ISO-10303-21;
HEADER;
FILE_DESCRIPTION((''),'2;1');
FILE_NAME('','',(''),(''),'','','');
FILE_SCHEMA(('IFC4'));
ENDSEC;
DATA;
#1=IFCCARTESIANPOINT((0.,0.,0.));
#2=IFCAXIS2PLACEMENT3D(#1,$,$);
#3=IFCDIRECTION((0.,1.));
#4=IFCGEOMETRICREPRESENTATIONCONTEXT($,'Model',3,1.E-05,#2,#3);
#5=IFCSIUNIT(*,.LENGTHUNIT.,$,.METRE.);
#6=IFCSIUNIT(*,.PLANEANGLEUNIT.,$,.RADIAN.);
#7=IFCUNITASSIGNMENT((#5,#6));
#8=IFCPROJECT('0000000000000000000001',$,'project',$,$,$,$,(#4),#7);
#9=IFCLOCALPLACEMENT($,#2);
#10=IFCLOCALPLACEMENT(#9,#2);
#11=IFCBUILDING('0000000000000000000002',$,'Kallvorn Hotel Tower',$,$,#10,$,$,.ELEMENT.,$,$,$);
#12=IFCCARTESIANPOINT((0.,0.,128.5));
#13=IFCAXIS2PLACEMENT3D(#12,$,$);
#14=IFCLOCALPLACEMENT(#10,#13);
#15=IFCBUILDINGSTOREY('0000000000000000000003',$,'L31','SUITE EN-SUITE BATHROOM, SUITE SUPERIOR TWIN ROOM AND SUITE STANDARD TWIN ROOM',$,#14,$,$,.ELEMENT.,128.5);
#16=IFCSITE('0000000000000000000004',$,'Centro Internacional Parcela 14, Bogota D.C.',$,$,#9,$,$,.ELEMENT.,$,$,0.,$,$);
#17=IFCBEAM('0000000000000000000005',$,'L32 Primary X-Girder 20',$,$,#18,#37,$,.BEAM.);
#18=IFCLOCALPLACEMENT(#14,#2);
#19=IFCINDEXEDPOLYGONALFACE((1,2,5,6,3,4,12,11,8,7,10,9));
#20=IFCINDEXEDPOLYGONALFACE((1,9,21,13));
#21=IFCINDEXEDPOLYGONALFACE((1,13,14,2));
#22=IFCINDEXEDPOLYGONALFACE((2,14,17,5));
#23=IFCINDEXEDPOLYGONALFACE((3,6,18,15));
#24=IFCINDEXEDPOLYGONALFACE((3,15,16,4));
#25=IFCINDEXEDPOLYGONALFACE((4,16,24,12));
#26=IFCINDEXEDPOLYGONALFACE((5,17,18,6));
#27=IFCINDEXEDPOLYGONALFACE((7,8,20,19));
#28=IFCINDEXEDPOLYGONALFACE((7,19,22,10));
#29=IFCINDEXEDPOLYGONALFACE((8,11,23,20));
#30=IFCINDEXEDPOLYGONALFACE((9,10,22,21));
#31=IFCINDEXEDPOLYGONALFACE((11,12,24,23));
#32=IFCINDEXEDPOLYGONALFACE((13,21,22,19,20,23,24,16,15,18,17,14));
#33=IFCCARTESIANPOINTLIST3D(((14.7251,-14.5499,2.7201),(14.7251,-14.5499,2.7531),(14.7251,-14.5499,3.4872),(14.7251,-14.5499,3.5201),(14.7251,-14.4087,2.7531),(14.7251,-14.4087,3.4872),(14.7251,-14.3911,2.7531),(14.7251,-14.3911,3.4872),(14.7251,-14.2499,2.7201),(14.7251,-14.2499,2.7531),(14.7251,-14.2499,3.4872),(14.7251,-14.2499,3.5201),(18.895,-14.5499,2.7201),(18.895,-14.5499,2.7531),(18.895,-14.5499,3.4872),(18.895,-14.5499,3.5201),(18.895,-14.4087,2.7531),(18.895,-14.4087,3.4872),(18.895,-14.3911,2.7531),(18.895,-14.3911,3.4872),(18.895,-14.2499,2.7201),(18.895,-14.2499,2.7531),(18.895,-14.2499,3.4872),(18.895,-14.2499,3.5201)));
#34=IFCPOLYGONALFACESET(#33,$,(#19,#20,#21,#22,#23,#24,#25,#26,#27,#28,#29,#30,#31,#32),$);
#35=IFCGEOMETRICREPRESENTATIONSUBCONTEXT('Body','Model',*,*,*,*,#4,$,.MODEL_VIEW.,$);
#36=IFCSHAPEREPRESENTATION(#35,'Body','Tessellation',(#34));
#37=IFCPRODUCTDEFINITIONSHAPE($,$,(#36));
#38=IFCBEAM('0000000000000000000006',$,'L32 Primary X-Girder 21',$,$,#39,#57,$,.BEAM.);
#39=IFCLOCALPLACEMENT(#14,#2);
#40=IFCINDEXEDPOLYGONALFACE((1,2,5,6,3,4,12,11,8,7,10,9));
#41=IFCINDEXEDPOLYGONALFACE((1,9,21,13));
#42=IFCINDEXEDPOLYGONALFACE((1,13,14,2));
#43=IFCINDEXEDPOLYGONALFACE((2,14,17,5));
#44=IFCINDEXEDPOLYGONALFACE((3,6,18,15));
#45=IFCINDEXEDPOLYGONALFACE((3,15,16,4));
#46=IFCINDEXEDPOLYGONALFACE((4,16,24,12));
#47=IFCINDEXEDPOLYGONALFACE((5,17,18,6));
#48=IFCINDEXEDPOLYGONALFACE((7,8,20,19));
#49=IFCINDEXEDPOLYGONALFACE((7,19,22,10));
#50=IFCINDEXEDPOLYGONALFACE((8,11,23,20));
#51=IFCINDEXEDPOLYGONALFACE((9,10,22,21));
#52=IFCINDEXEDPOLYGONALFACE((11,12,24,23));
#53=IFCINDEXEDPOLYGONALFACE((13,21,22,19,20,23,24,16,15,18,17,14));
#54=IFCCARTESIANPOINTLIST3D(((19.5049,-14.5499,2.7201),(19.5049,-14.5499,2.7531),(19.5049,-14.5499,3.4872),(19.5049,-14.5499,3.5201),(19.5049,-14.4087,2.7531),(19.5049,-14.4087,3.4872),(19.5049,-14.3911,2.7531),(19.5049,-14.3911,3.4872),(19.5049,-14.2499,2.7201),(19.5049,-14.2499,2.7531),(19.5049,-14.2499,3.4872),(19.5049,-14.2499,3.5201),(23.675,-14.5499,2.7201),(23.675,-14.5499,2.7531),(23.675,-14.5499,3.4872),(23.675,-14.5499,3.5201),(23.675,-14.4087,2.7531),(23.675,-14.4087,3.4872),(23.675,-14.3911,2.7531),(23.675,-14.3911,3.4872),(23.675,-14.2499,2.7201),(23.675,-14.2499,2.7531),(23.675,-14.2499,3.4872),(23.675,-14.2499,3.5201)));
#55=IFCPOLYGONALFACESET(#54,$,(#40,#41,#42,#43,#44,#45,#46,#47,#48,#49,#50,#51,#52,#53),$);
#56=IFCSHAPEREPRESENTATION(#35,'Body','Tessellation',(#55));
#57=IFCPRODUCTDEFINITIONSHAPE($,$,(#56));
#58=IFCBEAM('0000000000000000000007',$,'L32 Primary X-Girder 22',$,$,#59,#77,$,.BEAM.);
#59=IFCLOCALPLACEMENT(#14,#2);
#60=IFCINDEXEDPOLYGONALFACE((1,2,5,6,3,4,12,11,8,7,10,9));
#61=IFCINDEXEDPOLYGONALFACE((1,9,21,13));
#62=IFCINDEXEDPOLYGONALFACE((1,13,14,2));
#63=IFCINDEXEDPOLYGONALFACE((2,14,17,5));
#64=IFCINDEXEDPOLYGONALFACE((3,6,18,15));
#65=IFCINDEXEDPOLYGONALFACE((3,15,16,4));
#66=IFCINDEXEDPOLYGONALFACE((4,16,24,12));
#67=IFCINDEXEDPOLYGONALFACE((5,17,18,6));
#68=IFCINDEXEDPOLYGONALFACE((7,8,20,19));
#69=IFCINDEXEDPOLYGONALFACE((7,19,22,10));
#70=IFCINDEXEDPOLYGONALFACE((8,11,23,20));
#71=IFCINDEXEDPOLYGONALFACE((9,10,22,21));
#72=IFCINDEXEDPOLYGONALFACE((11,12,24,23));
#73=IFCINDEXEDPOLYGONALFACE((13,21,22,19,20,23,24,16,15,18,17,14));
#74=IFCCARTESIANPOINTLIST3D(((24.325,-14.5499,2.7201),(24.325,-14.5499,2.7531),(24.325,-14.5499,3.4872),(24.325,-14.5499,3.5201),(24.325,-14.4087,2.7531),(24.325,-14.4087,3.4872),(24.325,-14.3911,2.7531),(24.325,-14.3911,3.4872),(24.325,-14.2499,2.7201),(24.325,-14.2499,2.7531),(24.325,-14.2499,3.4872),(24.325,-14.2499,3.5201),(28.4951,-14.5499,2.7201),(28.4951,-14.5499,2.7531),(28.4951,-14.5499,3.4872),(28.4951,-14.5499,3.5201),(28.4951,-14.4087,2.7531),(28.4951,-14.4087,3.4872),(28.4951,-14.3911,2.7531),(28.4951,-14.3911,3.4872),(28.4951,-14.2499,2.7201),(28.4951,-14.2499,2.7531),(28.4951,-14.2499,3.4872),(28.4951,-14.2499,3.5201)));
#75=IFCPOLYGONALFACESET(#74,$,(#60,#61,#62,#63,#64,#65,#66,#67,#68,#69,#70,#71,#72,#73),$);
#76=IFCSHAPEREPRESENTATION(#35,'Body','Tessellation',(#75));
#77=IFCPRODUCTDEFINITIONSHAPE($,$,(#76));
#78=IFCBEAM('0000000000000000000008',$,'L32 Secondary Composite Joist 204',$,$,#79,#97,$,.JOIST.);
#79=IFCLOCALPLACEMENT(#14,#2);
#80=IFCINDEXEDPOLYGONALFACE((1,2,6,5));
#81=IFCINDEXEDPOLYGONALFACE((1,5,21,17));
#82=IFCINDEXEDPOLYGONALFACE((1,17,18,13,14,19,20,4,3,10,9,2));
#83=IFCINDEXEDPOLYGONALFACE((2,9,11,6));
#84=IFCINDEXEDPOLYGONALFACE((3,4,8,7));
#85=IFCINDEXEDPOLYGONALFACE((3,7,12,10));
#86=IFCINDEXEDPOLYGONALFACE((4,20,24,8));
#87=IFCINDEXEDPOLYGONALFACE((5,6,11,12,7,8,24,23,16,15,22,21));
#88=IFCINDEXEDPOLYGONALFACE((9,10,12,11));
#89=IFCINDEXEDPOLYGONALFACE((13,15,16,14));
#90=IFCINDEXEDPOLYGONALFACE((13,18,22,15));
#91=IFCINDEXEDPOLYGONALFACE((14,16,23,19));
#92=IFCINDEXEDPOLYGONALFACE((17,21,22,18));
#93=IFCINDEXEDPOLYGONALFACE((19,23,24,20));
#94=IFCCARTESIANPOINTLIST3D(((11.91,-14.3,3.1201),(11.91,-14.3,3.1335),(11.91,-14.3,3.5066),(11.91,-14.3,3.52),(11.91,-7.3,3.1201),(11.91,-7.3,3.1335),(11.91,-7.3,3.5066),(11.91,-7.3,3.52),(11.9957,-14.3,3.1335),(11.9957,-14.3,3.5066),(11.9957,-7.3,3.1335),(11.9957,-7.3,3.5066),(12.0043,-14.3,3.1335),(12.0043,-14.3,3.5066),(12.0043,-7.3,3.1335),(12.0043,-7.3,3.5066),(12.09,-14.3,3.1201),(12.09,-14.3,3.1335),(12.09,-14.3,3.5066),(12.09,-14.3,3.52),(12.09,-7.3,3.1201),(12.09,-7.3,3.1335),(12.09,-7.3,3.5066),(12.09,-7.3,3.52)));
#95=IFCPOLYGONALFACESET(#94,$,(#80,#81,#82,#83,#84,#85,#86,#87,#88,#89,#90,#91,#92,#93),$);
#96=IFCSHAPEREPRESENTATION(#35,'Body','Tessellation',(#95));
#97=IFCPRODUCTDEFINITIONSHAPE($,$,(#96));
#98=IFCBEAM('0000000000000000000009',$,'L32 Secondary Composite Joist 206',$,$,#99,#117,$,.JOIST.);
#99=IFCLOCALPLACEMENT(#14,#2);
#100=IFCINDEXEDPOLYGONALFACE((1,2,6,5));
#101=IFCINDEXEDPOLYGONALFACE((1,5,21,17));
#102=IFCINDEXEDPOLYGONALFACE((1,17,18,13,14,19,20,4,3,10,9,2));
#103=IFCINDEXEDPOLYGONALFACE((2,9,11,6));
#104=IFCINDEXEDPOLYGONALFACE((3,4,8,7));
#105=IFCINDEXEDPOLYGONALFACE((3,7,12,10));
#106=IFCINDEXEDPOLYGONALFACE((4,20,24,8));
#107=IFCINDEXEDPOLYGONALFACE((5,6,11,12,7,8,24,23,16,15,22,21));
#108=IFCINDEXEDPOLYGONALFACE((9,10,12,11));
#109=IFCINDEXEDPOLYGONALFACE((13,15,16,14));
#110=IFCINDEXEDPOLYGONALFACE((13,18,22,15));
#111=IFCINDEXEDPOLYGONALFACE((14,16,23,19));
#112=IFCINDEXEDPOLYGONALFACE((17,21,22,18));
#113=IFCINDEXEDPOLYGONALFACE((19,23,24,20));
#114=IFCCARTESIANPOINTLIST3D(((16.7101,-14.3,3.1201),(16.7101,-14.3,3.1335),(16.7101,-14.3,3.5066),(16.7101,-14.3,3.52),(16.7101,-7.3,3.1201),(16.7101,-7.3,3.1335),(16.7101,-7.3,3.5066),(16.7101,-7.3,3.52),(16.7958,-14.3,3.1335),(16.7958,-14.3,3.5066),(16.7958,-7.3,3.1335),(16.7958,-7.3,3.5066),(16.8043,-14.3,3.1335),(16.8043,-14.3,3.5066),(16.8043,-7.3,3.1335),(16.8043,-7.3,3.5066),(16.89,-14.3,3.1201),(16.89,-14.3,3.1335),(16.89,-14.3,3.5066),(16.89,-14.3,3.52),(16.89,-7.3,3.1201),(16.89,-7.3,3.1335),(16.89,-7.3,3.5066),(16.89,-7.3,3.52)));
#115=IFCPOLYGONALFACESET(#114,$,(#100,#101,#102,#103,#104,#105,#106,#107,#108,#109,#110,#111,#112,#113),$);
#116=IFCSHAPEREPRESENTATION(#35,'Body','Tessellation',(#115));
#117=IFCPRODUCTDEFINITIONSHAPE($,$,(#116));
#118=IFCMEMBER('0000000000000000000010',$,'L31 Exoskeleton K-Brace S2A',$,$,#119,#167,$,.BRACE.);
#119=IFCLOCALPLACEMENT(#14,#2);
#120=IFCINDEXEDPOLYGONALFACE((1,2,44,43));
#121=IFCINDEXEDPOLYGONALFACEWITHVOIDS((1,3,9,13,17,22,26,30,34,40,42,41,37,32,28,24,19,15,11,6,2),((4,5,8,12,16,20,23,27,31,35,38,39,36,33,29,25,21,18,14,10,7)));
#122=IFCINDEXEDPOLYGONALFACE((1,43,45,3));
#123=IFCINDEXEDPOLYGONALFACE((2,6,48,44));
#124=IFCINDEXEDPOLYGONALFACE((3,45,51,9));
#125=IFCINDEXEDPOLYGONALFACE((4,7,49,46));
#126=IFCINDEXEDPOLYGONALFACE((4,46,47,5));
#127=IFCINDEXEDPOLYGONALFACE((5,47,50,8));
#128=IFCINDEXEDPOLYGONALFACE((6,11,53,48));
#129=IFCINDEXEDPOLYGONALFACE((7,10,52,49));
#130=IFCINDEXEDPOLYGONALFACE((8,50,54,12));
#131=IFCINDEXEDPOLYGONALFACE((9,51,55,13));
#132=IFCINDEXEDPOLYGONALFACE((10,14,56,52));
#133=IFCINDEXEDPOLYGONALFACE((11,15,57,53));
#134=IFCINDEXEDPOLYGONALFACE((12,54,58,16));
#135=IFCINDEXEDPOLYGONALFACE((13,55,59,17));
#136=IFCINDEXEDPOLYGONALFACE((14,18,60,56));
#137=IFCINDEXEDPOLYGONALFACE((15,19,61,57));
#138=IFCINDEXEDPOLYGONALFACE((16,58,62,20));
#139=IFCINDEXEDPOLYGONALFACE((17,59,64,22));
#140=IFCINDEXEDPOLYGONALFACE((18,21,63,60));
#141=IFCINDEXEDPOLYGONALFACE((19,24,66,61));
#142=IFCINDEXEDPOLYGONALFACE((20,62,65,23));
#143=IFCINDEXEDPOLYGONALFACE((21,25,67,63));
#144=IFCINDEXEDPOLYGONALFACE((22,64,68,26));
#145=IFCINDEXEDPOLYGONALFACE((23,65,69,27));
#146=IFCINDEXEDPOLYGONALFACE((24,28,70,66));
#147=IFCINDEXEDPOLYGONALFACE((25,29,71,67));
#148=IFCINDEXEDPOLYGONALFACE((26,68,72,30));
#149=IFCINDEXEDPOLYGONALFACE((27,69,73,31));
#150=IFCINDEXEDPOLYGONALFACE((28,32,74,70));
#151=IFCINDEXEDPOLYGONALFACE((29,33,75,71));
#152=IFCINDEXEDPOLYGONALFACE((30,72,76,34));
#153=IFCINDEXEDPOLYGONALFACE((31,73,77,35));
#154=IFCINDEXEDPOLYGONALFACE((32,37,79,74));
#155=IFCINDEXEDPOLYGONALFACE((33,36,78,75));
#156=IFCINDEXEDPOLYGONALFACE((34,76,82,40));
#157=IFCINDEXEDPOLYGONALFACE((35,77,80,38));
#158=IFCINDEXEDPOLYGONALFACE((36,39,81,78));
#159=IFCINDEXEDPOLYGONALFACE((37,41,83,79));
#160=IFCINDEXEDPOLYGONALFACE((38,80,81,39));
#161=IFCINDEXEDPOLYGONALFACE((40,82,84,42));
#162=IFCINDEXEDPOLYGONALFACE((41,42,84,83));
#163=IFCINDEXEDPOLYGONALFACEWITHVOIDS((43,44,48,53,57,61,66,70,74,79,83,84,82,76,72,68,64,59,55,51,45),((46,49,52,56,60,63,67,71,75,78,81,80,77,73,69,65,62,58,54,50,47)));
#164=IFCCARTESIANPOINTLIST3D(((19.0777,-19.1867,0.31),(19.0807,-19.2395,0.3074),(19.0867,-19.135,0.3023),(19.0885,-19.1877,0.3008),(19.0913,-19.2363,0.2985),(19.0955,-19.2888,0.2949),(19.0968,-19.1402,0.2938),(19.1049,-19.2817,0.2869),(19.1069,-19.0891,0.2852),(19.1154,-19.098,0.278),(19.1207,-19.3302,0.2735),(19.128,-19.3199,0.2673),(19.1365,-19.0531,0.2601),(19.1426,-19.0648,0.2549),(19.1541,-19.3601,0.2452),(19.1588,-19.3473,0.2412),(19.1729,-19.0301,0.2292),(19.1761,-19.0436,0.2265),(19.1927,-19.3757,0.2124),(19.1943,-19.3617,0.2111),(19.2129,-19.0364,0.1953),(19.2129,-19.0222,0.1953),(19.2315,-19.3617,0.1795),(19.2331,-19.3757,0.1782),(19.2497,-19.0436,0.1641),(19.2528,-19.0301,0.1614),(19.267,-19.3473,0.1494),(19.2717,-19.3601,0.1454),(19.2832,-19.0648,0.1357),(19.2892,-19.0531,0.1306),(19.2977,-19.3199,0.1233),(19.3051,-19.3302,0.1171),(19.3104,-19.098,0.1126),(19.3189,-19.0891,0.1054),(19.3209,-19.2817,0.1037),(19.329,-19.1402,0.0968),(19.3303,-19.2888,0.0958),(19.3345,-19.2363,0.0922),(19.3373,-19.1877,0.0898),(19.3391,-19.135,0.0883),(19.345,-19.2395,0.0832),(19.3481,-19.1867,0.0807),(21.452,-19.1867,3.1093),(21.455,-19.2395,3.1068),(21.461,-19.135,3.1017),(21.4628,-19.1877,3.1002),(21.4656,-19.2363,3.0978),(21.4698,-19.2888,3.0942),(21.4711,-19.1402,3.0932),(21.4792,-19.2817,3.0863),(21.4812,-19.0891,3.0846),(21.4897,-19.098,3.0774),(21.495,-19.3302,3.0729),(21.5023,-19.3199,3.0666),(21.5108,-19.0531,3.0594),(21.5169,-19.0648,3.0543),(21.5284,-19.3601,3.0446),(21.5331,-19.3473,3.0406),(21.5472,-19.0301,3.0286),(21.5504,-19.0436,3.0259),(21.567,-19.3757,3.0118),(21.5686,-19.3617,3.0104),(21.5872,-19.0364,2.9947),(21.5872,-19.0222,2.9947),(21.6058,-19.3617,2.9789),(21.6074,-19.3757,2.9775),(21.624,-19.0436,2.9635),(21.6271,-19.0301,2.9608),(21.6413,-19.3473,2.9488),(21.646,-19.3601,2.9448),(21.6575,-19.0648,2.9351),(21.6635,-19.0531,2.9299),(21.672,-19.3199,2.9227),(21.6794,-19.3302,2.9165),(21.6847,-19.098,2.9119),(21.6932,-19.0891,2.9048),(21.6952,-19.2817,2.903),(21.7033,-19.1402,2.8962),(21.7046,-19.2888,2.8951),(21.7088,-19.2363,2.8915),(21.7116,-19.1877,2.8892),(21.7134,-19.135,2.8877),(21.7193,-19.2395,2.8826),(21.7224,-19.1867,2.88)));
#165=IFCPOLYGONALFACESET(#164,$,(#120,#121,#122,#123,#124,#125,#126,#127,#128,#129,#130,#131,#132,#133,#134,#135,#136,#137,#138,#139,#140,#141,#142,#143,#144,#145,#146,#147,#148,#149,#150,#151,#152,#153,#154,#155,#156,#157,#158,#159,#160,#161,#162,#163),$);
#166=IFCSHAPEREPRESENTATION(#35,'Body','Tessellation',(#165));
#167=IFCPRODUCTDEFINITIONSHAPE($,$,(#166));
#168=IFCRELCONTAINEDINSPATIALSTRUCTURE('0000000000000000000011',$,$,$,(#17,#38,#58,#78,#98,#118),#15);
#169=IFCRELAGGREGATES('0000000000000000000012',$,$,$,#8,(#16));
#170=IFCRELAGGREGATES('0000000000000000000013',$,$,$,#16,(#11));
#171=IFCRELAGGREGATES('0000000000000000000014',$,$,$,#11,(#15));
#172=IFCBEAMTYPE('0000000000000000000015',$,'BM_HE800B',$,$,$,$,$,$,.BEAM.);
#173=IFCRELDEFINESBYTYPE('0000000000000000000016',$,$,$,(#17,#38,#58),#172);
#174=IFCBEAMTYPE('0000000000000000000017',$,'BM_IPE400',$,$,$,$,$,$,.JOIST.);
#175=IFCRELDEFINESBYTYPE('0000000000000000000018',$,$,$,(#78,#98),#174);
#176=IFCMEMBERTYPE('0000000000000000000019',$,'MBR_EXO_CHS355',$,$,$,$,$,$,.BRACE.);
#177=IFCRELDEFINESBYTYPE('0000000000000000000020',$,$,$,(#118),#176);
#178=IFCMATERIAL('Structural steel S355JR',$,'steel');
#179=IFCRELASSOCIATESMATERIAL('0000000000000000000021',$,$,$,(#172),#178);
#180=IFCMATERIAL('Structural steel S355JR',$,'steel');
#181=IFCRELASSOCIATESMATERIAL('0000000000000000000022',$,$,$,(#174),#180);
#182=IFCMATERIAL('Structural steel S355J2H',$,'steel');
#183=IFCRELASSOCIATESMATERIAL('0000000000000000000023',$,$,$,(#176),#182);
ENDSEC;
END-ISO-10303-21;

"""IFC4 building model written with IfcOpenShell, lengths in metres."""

from ifc_helpers import new_model, si_unit, direction, frame, origin, origin_2d, place, context, subcontext, project, spatial, hollow_circle, i_section, extrude, material, material_profile, profile_set, type_object, element, save


model = new_model("IFC4")

# Units and contexts
model_context = context("Model", 3, precision=1e-05, world=origin(), true_north=direction((0.0, 1.0)))
body_context = subcontext(model_context, "Body", "Model", "MODEL_VIEW")
ifc_project = project(units=[si_unit("LENGTHUNIT", "METRE"), si_unit("PLANEANGLEUNIT", "RADIAN")], contexts=[model_context])

# Site, building, storey
site_placement = place(None, origin())
site = spatial("IfcSite", under=ifc_project, at=site_placement, Name="Centro Internacional Parcela 14, Bogota D.C.", CompositionType="ELEMENT", RefElevation=0.0)
building_placement = place(site_placement, origin())
building = spatial("IfcBuilding", under=site, at=building_placement, Name="Kallvorn Hotel Tower", CompositionType="ELEMENT")
storey_placement = place(building_placement, frame((0.0, 0.0, 128.5)))
storey = spatial("IfcBuildingStorey", under=building, at=storey_placement, Name="L31", Description="SUITE EN-SUITE BATHROOM, SUITE SUPERIOR TWIN ROOM AND SUITE STANDARD TWIN ROOM", CompositionType="ELEMENT", Elevation=128.5)

# Beams
ifc_material_1 = material(Name="Structural steel S355JR", Category="steel")
ifc_material_profile_1 = material_profile(ifc_material_1, i_section(OverallWidth=0.3, OverallDepth=0.8, WebThickness=0.0176, FlangeThickness=0.033, at=origin_2d()), Name="HE 800 B")
ifc_profile_set_1 = profile_set([ifc_material_profile_1], Name="Structural steel S355JR")
beam_type_1 = type_object("IfcBeamType", Name="BM_HE800B", PredefinedType="BEAM", material=ifc_profile_set_1)
beam_1_placement = place(storey_placement, frame((14.7251, -14.3999, 3.1201), z_axis=(1.0, 0.0, 0.0), x_axis=(0.0, 1.0, 0.0)))
element("IfcBeam", 1, at=beam_1_placement, inside=storey, type_object=beam_type_1, Name="L32 Primary X-Girder 20", PredefinedType="BEAM", context=body_context, shape_type="SweptSolid", body=[
    extrude(i_section(OverallWidth=0.3, OverallDepth=0.8, WebThickness=0.0176, FlangeThickness=0.033, at=origin_2d()), origin(), (0.0, 0.0, 1.0), 4.1699),
])
for number, where, z_axis, x_axis, name in (
    (2, (19.5049, -14.3999, 3.1201), (1.0, 0.0, 0.0), (0.0, 1.0, 0.0), "L32 Primary X-Girder 21"),
    (3, (24.325, -14.3999, 3.1201), (1.0, 0.0, 0.0), (0.0, 1.0, 0.0), "L32 Primary X-Girder 22"),
):
    element("IfcBeam", number, at=place(storey_placement, frame(where, z_axis=z_axis, x_axis=x_axis)), inside=storey, type_object=beam_type_1, Name=name, PredefinedType="BEAM", context=body_context, shape_type="SweptSolid", body=[
        extrude(i_section(OverallWidth=0.3, OverallDepth=0.8, WebThickness=0.0176, FlangeThickness=0.033, at=origin_2d()), origin(), (0.0, 0.0, 1.0), 4.1702),
    ])
ifc_material_2 = material(Name="Structural steel S355JR", Category="steel")
ifc_material_profile_2 = material_profile(ifc_material_2, i_section(OverallWidth=0.1799, OverallDepth=0.3999, WebThickness=0.0085, FlangeThickness=0.0134, at=origin_2d()), Name="IPE 400")
ifc_profile_set_2 = profile_set([ifc_material_profile_2], Name="Structural steel S355JR")
beam_type_2 = type_object("IfcBeamType", Name="BM_IPE400", PredefinedType="JOIST", material=ifc_profile_set_2)
for number, where, z_axis, x_axis, name in (
    (4, (12.0, -14.3, 3.3201), (0.0, 1.0, 0.0), (-1.0, 0.0, 0.0), "L32 Secondary Composite Joist 204"),
    (5, (16.8, -14.3, 3.3201), (0.0, 1.0, 0.0), (-1.0, 0.0, 0.0), "L32 Secondary Composite Joist 206"),
):
    element("IfcBeam", number, at=place(storey_placement, frame(where, z_axis=z_axis, x_axis=x_axis)), inside=storey, type_object=beam_type_2, Name=name, PredefinedType="JOIST", context=body_context, shape_type="SweptSolid", body=[
        extrude(i_section(OverallWidth=0.1799, OverallDepth=0.3999, WebThickness=0.0085, FlangeThickness=0.0134, at=origin_2d()), origin(), (0.0, 0.0, 1.0), 7.0),
    ])

# Member
ifc_material_3 = material(Name="Structural steel S355J2H", Category="steel")
ifc_material_profile_3 = material_profile(ifc_material_3, hollow_circle(Radius=0.1777, WallThickness=0.0142, at=origin_2d()), Name="CHS 355.6x14.2")
ifc_profile_set_3 = profile_set([ifc_material_profile_3], Name="Structural steel S355J2H")
member_type = type_object("IfcMemberType", Name="MBR_EXO_CHS355", PredefinedType="BRACE", material=ifc_profile_set_3)
for number, where, z_axis, x_axis, name in (
    (6, (19.2129, -19.2, 0.1953), (0.646833, 0.0, 0.762631), (0.0, 1.0, 0.0), "L31 Exoskeleton K-Brace S2A"),
):
    element("IfcMember", number, at=place(storey_placement, frame(where, z_axis=z_axis, x_axis=x_axis)), inside=storey, type_object=member_type, Name=name, PredefinedType="BRACE", context=body_context, shape_type="SweptSolid", body=[
        extrude(hollow_circle(Radius=0.1777, WallThickness=0.0142, at=origin_2d()), origin(), (0.0, 0.0, 1.0), 3.6707),
    ])

save(model, "model.ifc")
